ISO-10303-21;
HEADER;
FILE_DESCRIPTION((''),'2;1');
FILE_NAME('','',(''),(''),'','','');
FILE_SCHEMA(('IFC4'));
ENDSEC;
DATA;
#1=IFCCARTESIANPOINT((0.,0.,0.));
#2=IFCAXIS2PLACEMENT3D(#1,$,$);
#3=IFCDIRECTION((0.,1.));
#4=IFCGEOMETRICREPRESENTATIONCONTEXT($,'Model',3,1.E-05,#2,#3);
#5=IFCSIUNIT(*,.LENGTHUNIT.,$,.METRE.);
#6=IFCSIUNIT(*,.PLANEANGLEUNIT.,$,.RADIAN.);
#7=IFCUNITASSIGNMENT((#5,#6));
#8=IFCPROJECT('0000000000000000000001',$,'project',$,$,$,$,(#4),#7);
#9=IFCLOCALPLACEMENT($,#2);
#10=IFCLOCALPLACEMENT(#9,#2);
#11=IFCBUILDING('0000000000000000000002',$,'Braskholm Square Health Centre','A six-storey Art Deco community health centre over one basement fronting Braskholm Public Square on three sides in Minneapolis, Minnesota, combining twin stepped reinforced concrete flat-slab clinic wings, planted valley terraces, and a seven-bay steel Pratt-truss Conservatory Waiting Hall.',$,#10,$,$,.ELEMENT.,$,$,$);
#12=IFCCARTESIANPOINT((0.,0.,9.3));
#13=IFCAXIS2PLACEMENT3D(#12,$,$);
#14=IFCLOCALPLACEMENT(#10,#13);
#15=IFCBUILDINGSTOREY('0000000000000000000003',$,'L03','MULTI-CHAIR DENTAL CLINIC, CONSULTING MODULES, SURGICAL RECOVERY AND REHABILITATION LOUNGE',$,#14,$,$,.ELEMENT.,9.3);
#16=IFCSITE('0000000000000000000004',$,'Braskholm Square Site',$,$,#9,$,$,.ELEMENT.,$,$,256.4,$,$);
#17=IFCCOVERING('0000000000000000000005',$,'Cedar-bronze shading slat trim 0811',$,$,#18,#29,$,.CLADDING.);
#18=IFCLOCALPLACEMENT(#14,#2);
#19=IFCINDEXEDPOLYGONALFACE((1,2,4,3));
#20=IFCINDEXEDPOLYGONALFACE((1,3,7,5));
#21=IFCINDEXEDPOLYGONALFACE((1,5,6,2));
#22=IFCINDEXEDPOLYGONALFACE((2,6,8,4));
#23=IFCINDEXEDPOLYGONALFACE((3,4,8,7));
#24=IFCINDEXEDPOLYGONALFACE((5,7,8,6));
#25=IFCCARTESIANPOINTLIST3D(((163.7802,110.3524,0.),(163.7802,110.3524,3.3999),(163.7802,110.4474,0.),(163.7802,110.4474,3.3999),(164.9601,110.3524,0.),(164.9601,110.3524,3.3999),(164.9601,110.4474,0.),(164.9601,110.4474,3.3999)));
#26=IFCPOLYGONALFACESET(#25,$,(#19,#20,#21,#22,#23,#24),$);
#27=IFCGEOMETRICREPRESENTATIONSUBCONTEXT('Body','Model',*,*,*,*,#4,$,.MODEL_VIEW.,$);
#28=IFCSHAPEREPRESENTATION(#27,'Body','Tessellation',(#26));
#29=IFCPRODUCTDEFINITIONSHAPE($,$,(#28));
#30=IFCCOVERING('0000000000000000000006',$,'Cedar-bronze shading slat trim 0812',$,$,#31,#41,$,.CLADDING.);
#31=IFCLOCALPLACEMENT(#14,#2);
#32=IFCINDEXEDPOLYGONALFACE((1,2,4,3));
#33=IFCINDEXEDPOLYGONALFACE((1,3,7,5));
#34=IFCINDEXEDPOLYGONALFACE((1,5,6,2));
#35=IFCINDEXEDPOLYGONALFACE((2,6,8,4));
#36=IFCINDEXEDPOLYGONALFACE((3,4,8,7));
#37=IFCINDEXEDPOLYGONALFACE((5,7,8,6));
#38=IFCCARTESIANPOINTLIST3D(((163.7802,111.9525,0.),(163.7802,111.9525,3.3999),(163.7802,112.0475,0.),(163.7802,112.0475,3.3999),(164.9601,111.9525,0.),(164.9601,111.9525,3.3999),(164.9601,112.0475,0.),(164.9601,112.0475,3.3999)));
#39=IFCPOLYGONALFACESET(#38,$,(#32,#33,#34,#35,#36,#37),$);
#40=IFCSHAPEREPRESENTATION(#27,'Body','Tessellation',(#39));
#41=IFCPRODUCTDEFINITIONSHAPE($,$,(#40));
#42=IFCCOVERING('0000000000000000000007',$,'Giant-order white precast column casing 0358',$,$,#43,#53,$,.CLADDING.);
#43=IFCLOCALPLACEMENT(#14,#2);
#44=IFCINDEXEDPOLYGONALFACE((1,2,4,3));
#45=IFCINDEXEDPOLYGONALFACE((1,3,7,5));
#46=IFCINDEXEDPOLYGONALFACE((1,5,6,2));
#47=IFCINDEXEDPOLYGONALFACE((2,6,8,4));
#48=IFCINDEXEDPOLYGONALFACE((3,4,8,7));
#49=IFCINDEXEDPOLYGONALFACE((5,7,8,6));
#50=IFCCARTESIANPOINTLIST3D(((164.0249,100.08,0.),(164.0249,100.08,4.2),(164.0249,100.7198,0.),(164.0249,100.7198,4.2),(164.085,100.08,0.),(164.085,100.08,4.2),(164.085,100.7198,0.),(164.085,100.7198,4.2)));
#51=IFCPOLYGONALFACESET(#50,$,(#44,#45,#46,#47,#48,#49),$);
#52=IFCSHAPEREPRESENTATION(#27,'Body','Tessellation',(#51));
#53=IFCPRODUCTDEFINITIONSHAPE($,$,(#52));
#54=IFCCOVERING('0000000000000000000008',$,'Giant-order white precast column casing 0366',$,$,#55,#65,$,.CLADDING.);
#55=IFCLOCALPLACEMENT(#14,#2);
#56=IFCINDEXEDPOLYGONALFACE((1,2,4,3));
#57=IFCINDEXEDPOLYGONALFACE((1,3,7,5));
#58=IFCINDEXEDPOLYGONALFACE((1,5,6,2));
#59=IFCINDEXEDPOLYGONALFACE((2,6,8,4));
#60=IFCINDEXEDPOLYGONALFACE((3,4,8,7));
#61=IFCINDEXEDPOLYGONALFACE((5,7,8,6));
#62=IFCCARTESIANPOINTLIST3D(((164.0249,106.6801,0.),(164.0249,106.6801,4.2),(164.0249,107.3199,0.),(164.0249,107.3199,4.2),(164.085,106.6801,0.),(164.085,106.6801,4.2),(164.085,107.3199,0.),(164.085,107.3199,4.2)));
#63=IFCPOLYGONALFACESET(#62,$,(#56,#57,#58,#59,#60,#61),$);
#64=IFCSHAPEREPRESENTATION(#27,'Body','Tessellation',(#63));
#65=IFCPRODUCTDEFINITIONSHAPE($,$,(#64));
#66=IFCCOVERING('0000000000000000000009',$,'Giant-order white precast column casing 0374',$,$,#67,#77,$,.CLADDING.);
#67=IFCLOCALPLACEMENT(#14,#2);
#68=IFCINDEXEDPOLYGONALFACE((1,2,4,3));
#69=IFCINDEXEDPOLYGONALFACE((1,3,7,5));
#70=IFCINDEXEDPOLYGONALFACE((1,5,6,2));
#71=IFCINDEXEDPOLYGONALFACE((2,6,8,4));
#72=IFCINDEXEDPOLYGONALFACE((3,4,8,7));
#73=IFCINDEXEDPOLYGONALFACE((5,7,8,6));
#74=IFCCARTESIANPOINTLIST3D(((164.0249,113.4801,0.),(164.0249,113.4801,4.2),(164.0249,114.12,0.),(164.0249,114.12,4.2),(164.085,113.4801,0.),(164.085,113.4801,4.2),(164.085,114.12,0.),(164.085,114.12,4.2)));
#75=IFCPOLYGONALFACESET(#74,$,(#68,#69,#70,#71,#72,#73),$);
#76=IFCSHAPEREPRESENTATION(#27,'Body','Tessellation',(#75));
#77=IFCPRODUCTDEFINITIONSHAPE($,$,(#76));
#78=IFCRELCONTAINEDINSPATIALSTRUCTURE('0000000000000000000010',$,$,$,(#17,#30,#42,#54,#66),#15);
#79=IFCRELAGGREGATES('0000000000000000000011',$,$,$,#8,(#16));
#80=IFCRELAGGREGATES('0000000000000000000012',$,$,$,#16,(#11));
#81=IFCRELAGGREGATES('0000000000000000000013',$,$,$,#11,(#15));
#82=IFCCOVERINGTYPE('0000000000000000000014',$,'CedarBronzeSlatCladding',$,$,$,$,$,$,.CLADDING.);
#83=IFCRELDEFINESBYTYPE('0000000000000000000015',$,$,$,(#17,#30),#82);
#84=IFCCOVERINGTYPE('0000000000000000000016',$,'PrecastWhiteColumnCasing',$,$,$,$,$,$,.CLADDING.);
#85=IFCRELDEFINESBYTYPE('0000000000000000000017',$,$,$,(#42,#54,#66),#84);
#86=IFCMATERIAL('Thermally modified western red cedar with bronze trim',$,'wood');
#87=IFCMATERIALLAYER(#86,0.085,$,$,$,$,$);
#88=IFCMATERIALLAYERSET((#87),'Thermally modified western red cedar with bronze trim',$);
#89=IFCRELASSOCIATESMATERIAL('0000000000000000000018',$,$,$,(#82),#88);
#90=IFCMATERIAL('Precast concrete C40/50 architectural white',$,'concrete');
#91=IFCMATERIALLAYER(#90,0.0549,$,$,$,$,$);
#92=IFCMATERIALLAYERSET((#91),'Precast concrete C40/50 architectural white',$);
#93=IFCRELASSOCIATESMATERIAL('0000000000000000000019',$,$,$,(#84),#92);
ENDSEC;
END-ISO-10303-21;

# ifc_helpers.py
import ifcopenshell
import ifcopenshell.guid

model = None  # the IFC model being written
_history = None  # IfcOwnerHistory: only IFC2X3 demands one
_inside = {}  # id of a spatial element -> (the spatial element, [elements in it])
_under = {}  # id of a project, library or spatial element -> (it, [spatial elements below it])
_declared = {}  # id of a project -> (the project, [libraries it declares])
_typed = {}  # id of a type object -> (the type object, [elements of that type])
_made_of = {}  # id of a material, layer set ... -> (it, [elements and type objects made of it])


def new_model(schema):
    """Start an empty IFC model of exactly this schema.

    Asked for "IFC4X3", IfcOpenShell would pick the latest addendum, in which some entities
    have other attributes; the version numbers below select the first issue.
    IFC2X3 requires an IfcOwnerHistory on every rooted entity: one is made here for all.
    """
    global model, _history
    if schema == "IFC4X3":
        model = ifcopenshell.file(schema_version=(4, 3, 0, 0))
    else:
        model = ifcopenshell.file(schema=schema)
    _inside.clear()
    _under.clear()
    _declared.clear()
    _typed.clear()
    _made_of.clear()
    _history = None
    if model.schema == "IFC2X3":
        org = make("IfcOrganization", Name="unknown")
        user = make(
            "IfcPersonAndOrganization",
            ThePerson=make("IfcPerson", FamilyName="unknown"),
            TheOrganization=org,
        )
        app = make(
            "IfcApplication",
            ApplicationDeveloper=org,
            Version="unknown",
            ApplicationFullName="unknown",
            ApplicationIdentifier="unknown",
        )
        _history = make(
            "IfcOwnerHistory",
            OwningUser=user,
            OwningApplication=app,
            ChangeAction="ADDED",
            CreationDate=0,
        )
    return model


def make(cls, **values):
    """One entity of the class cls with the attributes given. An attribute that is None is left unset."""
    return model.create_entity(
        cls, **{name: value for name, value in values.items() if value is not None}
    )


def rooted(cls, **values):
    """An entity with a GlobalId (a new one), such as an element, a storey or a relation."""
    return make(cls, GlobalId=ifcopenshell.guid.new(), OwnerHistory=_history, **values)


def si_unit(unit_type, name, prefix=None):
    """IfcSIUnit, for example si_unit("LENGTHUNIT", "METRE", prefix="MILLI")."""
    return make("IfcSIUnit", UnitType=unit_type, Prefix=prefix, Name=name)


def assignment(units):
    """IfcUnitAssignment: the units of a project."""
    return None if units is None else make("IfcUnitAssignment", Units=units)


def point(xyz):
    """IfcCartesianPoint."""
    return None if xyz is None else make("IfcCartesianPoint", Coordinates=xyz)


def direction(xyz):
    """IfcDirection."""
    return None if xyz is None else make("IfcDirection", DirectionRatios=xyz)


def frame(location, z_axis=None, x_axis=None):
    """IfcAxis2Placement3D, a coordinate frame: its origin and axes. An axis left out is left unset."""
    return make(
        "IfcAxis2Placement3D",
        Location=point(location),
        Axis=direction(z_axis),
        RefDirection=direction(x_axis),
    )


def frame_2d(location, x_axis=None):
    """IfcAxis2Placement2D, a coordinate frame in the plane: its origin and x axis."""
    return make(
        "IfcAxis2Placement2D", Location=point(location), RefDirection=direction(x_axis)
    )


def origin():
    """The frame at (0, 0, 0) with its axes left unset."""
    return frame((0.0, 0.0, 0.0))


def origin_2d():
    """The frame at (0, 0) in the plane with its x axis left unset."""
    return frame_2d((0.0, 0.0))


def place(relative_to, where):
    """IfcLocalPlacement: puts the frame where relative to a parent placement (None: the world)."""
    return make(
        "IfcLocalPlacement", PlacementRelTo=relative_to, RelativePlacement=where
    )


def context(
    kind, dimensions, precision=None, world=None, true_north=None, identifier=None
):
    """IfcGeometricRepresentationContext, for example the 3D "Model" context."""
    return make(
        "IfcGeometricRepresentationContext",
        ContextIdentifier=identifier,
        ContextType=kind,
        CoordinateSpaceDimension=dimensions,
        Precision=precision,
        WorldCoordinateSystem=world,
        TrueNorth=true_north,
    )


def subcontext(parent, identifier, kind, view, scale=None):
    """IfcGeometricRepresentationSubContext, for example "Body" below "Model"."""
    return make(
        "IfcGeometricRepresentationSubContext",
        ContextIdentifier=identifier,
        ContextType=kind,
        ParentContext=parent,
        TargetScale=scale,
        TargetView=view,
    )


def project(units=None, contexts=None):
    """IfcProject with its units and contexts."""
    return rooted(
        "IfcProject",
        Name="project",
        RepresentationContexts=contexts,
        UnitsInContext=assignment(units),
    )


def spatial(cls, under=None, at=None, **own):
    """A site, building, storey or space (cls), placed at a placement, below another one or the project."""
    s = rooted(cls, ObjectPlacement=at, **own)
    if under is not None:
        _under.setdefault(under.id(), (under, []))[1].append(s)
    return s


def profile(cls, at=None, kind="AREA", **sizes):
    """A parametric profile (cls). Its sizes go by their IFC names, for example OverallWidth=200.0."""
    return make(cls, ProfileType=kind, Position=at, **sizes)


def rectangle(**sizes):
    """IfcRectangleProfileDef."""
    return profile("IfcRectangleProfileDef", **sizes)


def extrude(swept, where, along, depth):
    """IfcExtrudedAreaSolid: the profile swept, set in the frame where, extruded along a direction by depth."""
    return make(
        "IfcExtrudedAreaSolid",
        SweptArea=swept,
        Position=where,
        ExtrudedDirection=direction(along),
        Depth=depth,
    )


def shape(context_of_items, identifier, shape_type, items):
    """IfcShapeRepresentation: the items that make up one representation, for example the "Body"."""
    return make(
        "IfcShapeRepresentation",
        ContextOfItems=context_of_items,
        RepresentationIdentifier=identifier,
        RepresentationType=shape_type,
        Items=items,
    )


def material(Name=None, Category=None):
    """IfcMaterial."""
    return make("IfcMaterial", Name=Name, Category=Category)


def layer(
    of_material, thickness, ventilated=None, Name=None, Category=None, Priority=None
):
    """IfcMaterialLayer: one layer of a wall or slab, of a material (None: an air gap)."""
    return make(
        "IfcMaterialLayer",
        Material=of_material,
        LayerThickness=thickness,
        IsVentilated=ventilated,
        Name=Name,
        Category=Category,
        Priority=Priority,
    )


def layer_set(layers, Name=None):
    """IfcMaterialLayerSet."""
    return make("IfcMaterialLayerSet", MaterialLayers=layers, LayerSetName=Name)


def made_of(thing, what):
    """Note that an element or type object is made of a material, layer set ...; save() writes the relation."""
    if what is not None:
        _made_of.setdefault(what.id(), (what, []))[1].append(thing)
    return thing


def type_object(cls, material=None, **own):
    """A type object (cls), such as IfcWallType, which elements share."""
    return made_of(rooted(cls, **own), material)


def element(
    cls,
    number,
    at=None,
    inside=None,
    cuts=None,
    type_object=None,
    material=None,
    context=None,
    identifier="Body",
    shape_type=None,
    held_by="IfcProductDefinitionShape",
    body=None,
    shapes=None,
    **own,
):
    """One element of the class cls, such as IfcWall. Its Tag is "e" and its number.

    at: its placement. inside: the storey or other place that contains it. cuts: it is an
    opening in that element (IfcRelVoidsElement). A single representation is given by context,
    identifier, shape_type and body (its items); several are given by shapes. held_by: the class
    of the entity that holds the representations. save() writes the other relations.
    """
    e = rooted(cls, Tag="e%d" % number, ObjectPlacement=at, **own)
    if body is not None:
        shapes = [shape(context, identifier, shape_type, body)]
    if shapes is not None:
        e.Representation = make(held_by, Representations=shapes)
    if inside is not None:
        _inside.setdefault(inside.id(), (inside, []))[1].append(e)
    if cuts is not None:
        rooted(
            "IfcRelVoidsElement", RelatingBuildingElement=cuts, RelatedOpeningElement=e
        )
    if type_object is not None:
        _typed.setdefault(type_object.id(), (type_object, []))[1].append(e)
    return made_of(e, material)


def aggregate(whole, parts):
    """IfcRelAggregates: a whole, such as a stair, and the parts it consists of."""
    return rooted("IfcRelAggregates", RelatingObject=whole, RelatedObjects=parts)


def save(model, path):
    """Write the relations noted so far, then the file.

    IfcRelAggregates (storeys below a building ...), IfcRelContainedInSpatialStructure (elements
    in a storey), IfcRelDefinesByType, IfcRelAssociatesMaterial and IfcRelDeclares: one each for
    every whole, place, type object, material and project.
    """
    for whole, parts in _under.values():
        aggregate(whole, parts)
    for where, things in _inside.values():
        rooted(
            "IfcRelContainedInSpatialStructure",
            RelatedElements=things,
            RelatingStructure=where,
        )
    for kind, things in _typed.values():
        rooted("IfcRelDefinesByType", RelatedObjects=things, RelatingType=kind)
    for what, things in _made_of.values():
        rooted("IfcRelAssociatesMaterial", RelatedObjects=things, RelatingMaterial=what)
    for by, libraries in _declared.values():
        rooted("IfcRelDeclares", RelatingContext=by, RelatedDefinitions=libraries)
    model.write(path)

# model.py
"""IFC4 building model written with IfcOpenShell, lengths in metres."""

from ifc_helpers import new_model, si_unit, direction, frame, origin, origin_2d, place, context, subcontext, project, spatial, rectangle, extrude, material, layer, layer_set, type_object, element, save


model = new_model("IFC4")

# Units and contexts
model_context = context("Model", 3, precision=1e-05, world=origin(), true_north=direction((0.0, 1.0)))
body_context = subcontext(model_context, "Body", "Model", "MODEL_VIEW")
ifc_project = project(units=[si_unit("LENGTHUNIT", "METRE"), si_unit("PLANEANGLEUNIT", "RADIAN")], contexts=[model_context])

# Site, building, storey
site_placement = place(None, origin())
site = spatial("IfcSite", under=ifc_project, at=site_placement, Name="Braskholm Square Site", CompositionType="ELEMENT", RefElevation=256.4)
building_placement = place(site_placement, origin())
building = spatial("IfcBuilding", under=site, at=building_placement, Name="Braskholm Square Health Centre", Description="A six-storey Art Deco community health centre over one basement fronting Braskholm Public Square on three sides in Minneapolis, Minnesota, combining twin stepped reinforced concrete flat-slab clinic wings, planted valley terraces, and a seven-bay steel Pratt-truss Conservatory Waiting Hall.", CompositionType="ELEMENT")
storey_placement = place(building_placement, frame((0.0, 0.0, 9.3)))
storey = spatial("IfcBuildingStorey", under=building, at=storey_placement, Name="L03", Description="MULTI-CHAIR DENTAL CLINIC, CONSULTING MODULES, SURGICAL RECOVERY AND REHABILITATION LOUNGE", CompositionType="ELEMENT", Elevation=9.3)

# Shared definitions
ifc_material_1 = material(Name="Precast concrete C40/50 architectural white", Category="concrete")

# Shared definitions
ifc_material_2 = material(Name="Thermally modified western red cedar with bronze trim", Category="wood")

# Coverings
ifc_layer_1 = layer(ifc_material_2, 0.085)
ifc_layer_set_1 = layer_set([ifc_layer_1], Name="Thermally modified western red cedar with bronze trim")
covering_type_1 = type_object("IfcCoveringType", Name="CedarBronzeSlatCladding", PredefinedType="CLADDING", material=ifc_layer_set_1)
for number, where, z_axis, x_axis, name in (
    (1, (164.3701, 110.3999, 0.0), (0.0, 0.0, 1.0), (1.0, 0.0, 0.0), "Cedar-bronze shading slat trim 0811"),
    (2, (164.3701, 112.0, 0.0), (0.0, 0.0, 1.0), (1.0, 0.0, 0.0), "Cedar-bronze shading slat trim 0812"),
):
    element("IfcCovering", number, at=place(storey_placement, frame(where, z_axis=z_axis, x_axis=x_axis)), inside=storey, type_object=covering_type_1, Name=name, PredefinedType="CLADDING", context=body_context, shape_type="SweptSolid", body=[
        extrude(rectangle(XDim=1.1799, YDim=0.095, at=origin_2d()), origin(), (0.0, 0.0, 1.0), 3.3999),
    ])
ifc_layer_2 = layer(ifc_material_1, 0.0549)
ifc_layer_set_2 = layer_set([ifc_layer_2], Name="Precast concrete C40/50 architectural white")
covering_type_2 = type_object("IfcCoveringType", Name="PrecastWhiteColumnCasing", PredefinedType="CLADDING", material=ifc_layer_set_2)
for number, where, z_axis, x_axis, name in (
    (3, (164.0549, 100.3999, 0.0), (0.0, 0.0, 1.0), (1.0, 0.0, 0.0), "Giant-order white precast column casing 0358"),
    (4, (164.0549, 107.0, 0.0), (0.0, 0.0, 1.0), (1.0, 0.0, 0.0), "Giant-order white precast column casing 0366"),
    (5, (164.0549, 113.8, 0.0), (0.0, 0.0, 1.0), (1.0, 0.0, 0.0), "Giant-order white precast column casing 0374"),
):
    element("IfcCovering", number, at=place(storey_placement, frame(where, z_axis=z_axis, x_axis=x_axis)), inside=storey, type_object=covering_type_2, Name=name, PredefinedType="CLADDING", context=body_context, shape_type="SweptSolid", body=[
        extrude(rectangle(XDim=0.0601, YDim=0.6399, at=origin_2d()), origin(), (0.0, 0.0, 1.0), 4.2),
    ])

save(model, "model.ifc")
